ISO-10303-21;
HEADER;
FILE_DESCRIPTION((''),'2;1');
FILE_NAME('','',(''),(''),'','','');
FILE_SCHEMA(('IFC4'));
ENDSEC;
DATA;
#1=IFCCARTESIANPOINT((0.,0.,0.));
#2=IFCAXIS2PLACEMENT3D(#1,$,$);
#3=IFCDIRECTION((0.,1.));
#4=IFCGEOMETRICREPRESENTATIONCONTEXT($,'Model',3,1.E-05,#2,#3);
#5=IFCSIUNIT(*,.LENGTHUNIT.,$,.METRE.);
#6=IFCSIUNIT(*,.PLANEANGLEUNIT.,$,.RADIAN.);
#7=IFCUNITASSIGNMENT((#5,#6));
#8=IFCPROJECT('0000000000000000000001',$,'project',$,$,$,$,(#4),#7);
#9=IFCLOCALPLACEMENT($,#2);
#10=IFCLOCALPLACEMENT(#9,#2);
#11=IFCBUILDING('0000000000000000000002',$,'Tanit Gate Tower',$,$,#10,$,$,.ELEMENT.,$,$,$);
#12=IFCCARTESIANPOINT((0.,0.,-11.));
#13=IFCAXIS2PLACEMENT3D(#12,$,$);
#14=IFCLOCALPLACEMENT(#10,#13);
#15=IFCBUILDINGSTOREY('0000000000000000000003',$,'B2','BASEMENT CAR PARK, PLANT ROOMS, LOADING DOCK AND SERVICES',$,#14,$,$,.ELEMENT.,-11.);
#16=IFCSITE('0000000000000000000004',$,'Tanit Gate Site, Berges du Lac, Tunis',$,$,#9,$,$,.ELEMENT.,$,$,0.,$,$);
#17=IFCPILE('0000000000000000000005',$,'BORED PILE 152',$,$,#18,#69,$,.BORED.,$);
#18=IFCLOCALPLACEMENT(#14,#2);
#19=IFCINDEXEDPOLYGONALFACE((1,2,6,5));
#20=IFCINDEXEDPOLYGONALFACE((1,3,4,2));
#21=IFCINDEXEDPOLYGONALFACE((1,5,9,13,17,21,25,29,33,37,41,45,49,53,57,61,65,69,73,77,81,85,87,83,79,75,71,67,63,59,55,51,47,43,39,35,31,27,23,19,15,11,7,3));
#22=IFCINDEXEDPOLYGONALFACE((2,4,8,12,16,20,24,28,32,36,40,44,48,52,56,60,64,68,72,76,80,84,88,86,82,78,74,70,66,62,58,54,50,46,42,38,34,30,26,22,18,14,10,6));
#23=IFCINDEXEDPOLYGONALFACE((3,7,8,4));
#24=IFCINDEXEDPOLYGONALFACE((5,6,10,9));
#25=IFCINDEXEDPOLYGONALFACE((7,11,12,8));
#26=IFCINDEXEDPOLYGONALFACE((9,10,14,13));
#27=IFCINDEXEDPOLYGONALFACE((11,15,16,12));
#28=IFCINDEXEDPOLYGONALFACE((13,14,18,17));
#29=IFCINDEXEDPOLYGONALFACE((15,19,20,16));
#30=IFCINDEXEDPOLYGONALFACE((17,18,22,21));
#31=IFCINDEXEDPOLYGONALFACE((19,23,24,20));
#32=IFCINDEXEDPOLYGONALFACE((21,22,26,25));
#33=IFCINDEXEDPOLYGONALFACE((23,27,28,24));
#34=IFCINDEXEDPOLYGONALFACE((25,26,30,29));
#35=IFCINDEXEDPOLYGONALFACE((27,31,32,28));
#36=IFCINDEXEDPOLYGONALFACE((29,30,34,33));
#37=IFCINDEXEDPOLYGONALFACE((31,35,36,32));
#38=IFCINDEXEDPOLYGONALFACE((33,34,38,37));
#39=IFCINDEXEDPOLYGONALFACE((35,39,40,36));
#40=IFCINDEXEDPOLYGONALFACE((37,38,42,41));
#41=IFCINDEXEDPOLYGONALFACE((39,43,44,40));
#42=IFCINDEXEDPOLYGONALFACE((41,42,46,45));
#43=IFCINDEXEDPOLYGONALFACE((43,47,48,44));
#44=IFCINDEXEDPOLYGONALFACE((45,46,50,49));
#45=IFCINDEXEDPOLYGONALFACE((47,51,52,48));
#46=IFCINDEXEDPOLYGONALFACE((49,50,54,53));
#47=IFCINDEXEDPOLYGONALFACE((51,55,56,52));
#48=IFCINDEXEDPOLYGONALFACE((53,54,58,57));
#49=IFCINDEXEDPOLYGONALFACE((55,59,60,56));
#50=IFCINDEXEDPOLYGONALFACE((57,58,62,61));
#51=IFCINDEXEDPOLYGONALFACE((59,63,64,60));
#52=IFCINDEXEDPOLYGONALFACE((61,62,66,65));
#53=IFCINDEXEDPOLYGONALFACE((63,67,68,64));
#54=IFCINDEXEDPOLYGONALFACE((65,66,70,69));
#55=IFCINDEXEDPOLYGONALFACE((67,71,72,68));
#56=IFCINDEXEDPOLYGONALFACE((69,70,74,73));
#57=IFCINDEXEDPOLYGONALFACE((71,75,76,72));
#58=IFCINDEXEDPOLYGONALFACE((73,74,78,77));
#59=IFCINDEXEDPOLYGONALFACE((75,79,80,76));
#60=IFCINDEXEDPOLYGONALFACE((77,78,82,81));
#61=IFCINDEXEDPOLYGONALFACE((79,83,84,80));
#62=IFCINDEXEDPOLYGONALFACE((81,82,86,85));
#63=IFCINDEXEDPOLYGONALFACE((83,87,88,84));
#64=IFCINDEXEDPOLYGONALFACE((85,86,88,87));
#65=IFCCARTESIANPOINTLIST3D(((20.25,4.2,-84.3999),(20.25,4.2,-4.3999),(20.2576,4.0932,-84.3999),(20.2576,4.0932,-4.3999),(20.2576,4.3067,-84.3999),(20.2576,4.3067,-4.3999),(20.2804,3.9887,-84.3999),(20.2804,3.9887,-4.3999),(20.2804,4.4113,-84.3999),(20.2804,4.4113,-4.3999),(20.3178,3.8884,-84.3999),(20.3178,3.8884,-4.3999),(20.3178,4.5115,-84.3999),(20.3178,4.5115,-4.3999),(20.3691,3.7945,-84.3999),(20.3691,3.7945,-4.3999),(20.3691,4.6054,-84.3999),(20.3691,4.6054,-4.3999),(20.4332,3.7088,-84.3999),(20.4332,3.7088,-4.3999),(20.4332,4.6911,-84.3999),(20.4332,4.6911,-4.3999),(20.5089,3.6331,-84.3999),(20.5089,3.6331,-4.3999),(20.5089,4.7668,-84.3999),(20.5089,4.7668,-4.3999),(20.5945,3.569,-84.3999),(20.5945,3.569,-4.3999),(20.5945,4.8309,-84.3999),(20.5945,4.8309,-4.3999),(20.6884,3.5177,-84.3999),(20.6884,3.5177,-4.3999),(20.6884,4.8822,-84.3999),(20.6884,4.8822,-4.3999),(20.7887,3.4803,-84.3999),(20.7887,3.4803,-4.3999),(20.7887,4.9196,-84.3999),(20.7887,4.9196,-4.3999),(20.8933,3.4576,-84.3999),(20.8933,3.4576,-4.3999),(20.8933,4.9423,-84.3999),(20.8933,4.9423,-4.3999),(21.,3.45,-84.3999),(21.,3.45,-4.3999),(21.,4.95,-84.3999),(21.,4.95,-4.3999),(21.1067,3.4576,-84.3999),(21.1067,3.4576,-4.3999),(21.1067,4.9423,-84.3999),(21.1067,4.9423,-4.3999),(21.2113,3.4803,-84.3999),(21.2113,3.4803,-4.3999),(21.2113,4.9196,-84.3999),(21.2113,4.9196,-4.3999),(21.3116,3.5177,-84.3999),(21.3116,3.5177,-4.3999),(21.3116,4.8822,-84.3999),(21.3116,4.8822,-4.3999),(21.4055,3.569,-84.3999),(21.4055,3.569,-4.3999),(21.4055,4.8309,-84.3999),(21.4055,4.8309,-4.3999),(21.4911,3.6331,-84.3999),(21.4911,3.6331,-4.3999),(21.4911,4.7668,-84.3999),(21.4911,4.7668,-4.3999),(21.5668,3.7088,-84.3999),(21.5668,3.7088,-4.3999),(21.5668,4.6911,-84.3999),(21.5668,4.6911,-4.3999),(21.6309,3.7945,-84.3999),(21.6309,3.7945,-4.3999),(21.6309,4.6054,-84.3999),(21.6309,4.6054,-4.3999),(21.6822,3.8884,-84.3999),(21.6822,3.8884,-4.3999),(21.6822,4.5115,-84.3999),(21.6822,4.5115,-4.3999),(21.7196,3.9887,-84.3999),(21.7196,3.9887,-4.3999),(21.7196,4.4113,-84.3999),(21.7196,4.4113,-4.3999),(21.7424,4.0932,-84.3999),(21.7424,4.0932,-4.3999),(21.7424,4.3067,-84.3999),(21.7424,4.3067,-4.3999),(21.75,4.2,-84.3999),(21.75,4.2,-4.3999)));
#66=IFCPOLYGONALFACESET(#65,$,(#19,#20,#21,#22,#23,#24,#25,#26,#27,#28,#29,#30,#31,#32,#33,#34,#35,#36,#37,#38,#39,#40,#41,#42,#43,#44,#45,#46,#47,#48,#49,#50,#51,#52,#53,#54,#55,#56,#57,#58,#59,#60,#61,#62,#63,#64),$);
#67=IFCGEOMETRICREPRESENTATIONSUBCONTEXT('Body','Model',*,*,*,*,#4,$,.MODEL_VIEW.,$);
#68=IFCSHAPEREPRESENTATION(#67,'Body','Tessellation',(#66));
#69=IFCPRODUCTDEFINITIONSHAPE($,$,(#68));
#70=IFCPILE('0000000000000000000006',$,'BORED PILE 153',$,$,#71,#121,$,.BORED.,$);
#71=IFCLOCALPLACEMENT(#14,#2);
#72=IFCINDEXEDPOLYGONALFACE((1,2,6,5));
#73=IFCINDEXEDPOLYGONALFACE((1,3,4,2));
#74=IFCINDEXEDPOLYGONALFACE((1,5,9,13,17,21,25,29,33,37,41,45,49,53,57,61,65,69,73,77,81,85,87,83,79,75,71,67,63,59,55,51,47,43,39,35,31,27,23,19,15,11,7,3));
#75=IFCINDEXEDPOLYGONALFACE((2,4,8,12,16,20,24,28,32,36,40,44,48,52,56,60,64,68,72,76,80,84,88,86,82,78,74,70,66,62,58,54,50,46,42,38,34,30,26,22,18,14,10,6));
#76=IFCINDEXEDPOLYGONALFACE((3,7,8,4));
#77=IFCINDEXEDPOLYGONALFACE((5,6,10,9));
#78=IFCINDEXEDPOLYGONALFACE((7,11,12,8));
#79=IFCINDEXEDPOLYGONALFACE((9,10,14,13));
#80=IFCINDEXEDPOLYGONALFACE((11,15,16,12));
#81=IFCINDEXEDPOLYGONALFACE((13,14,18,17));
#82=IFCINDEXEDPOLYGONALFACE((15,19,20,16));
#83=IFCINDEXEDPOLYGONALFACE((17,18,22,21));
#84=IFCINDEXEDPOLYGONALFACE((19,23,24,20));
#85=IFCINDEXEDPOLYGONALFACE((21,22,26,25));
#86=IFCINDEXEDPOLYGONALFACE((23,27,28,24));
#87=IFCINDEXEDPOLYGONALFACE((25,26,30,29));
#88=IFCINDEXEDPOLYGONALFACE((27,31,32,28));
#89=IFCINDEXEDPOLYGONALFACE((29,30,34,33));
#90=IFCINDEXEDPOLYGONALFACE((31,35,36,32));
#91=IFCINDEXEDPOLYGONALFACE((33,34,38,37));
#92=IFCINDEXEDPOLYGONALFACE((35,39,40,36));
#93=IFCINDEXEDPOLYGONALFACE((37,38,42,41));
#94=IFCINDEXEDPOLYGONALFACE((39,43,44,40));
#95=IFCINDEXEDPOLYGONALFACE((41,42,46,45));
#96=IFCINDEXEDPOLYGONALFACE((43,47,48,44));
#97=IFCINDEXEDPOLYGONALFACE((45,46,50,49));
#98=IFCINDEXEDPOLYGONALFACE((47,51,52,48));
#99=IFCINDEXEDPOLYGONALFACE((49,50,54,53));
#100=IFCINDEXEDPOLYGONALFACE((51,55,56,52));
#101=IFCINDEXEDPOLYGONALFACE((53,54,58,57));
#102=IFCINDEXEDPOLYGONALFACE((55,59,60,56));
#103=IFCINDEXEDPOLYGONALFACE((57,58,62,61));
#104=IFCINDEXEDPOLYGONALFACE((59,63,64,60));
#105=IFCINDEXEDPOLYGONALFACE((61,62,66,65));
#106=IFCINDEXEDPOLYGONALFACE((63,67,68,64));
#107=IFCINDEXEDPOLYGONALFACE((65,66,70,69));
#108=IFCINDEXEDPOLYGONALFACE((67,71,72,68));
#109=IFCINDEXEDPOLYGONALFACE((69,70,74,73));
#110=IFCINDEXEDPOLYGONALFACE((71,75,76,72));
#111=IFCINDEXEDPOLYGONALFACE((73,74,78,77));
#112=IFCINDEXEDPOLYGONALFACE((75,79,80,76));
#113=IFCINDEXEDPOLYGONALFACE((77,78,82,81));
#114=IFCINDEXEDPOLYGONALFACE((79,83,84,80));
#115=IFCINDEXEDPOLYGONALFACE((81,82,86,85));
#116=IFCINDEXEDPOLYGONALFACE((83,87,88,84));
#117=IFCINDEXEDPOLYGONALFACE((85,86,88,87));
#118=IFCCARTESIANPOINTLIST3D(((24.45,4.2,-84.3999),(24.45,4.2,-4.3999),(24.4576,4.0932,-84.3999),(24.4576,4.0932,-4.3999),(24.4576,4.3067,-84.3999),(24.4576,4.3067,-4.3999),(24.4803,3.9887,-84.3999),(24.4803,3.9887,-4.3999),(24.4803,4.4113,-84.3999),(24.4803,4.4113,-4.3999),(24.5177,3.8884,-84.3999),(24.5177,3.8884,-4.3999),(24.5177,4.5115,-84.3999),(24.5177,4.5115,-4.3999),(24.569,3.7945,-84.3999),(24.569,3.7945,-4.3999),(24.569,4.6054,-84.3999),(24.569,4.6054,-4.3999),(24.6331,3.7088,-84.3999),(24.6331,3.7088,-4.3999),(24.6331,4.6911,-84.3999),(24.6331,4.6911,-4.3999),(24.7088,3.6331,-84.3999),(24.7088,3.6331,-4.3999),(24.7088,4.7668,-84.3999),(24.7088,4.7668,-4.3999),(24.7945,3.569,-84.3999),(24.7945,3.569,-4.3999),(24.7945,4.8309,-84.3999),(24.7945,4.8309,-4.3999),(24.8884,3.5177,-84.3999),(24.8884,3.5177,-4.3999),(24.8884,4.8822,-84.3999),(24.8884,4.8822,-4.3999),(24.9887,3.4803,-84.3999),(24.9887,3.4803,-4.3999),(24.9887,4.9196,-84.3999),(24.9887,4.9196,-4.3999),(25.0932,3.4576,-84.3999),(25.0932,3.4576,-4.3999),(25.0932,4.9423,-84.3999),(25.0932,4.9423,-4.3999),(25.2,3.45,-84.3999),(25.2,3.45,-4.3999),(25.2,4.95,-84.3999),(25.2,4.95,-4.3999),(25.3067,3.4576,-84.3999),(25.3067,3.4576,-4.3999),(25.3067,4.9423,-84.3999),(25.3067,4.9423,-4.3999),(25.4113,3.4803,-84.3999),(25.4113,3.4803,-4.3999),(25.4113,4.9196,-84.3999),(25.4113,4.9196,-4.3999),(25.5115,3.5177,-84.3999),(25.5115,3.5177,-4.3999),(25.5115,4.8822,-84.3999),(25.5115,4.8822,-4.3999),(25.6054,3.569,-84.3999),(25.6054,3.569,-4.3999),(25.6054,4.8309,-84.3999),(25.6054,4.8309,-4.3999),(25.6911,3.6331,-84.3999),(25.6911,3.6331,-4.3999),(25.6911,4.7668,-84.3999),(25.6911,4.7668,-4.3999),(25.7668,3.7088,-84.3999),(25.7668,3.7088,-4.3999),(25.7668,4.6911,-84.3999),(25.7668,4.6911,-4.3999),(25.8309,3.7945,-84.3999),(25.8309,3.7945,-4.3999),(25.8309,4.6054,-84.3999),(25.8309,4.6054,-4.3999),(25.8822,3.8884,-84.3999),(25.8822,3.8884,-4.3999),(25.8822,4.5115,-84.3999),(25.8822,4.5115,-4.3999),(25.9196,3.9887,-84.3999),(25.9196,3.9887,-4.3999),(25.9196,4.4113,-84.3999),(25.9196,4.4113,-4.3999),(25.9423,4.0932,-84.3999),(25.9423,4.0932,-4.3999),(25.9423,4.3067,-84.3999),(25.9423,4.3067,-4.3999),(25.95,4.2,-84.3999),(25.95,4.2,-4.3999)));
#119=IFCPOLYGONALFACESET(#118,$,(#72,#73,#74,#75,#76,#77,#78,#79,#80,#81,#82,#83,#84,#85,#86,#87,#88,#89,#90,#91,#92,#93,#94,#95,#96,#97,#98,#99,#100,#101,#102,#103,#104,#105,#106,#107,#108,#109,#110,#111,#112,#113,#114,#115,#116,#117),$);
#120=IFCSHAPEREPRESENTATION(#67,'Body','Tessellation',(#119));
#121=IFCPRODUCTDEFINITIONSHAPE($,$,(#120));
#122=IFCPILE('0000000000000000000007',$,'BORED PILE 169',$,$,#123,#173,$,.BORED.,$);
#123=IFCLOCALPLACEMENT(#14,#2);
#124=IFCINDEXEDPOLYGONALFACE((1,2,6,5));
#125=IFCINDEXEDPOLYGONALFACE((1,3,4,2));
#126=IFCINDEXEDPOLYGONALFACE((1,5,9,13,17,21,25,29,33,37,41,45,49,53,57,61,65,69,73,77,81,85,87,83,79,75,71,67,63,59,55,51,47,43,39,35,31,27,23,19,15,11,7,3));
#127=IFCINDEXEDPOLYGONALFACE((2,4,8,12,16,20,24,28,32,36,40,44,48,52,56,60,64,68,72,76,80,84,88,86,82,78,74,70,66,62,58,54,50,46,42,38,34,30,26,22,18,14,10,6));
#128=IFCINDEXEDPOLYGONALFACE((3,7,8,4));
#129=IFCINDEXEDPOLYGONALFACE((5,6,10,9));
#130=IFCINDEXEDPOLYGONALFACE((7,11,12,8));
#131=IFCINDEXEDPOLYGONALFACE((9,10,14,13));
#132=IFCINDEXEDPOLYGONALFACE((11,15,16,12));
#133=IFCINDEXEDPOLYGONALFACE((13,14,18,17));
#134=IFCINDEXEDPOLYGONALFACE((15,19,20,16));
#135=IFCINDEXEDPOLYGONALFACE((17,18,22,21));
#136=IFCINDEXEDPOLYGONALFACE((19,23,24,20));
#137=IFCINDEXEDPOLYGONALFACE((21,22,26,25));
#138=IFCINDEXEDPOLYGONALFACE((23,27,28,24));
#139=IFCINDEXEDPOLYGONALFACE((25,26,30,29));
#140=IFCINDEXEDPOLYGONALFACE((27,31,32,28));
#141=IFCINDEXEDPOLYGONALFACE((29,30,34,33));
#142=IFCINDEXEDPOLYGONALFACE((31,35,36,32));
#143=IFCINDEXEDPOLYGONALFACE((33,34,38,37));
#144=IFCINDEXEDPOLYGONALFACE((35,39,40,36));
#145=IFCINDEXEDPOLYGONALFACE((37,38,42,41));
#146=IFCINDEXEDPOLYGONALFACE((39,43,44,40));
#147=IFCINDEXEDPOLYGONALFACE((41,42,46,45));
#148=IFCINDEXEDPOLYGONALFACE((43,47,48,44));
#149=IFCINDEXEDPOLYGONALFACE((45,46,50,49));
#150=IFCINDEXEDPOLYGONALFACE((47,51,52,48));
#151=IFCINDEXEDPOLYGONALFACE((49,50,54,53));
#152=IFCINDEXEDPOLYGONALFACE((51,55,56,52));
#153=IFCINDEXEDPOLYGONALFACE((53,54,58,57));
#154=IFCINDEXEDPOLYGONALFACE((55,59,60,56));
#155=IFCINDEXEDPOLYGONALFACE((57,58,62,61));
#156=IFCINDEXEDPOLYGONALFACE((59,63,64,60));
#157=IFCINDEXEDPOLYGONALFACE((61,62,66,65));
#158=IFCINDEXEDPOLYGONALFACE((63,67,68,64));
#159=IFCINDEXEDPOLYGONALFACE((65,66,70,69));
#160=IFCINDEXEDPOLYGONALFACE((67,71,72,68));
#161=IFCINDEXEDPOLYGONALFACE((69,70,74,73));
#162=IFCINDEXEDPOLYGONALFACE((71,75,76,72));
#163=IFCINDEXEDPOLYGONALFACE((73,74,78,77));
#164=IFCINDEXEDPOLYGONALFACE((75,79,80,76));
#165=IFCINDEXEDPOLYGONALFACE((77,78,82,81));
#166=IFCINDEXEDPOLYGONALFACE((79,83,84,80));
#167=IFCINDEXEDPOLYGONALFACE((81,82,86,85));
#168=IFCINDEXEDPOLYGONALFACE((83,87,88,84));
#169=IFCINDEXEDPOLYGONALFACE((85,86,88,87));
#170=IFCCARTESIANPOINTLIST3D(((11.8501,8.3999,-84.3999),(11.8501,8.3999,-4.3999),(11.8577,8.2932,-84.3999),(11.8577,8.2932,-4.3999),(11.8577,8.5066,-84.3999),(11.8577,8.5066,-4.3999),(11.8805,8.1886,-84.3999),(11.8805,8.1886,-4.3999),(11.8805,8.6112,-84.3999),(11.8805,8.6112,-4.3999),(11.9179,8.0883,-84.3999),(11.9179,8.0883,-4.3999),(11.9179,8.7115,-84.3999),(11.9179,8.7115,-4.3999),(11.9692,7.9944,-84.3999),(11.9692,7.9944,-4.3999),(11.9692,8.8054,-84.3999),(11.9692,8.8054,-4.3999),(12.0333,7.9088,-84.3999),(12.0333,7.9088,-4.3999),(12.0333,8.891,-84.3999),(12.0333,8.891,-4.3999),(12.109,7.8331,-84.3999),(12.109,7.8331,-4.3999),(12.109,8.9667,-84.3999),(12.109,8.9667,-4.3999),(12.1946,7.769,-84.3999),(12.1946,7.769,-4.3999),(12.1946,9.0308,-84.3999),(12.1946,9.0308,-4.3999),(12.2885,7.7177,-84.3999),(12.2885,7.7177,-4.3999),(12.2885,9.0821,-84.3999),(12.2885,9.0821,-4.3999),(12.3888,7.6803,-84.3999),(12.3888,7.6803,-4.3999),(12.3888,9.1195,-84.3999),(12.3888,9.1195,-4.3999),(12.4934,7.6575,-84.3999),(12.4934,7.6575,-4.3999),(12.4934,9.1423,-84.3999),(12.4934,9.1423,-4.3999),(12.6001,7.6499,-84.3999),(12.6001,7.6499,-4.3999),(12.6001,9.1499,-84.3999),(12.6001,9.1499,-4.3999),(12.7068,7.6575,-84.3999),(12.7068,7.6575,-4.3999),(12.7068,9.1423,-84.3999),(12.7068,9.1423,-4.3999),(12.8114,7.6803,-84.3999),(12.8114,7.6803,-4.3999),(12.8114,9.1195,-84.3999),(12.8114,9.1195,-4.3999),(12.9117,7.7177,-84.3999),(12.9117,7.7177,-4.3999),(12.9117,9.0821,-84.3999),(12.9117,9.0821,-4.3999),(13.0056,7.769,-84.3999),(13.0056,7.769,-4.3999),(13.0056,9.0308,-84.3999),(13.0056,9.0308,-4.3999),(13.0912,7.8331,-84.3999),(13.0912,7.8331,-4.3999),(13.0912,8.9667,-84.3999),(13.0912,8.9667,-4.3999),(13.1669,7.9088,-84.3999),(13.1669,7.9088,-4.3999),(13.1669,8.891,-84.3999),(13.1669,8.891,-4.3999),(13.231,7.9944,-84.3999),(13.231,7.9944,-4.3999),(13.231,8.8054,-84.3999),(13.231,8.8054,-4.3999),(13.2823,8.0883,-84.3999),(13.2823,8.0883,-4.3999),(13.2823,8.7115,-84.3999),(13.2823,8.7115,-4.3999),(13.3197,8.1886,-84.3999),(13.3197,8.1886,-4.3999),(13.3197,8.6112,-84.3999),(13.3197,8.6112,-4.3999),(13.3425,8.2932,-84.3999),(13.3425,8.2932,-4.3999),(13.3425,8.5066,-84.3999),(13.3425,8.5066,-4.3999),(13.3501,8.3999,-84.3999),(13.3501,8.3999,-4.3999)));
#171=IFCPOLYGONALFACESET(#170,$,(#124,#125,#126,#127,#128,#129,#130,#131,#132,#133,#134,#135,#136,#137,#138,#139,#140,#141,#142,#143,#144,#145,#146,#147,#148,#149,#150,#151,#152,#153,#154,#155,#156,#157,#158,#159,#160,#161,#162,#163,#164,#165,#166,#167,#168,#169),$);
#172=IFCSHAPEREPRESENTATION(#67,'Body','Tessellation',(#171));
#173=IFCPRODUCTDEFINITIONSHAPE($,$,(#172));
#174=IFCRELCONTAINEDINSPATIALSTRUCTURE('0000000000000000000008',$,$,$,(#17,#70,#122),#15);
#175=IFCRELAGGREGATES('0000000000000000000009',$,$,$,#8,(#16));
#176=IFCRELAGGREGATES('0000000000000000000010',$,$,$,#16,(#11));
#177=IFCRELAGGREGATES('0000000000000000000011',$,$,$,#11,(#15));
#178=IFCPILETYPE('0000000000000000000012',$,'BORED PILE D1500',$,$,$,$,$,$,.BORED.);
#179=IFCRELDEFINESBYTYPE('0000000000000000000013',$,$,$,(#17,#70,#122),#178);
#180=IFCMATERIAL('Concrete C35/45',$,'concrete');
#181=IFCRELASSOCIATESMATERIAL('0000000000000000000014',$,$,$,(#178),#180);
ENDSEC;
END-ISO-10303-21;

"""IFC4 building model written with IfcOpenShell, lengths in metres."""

from ifc_helpers import new_model, si_unit, direction, frame, origin, origin_2d, place, context, subcontext, project, spatial, circle, extrude, material, material_profile, profile_set, type_object, element, save


model = new_model("IFC4")

# Units and contexts
model_context = context("Model", 3, precision=1e-05, world=origin(), true_north=direction((0.0, 1.0)))
body_context = subcontext(model_context, "Body", "Model", "MODEL_VIEW")
ifc_project = project(units=[si_unit("LENGTHUNIT", "METRE"), si_unit("PLANEANGLEUNIT", "RADIAN")], contexts=[model_context])

# Site, building, storey
site_placement = place(None, origin())
site = spatial("IfcSite", under=ifc_project, at=site_placement, Name="Tanit Gate Site, Berges du Lac, Tunis", CompositionType="ELEMENT", RefElevation=0.0)
building_placement = place(site_placement, origin())
building = spatial("IfcBuilding", under=site, at=building_placement, Name="Tanit Gate Tower", CompositionType="ELEMENT")
storey_placement = place(building_placement, frame((0.0, 0.0, -11.0)))
storey = spatial("IfcBuildingStorey", under=building, at=storey_placement, Name="B2", Description="BASEMENT CAR PARK, PLANT ROOMS, LOADING DOCK AND SERVICES", CompositionType="ELEMENT", Elevation=-11.0)

# Piles
ifc_material_1 = material(Name="Concrete C35/45", Category="concrete")
ifc_material_profile_1 = material_profile(ifc_material_1, circle(Radius=0.75, at=origin_2d()), Name="BORED PILE D1500 C35/45")
ifc_profile_set_1 = profile_set([ifc_material_profile_1], Name="Concrete C35/45")
pile_type = type_object("IfcPileType", Name="BORED PILE D1500", PredefinedType="BORED", material=ifc_profile_set_1)
for number, where, z_axis, x_axis, name in (
    (1, (21.0, 4.2, -4.3999), (0.0, 0.0, -1.0), (1.0, 0.0, 0.0), "BORED PILE 152"),
    (2, (25.2, 4.2, -4.3999), (0.0, 0.0, -1.0), (1.0, 0.0, 0.0), "BORED PILE 153"),
    (3, (12.6001, 8.3999, -4.3999), (0.0, 0.0, -1.0), (1.0, 0.0, 0.0), "BORED PILE 169"),
):
    element("IfcPile", number, at=place(storey_placement, frame(where, z_axis=z_axis, x_axis=x_axis)), inside=storey, type_object=pile_type, Name=name, PredefinedType="BORED", context=body_context, shape_type="SweptSolid", body=[
        extrude(circle(Radius=0.75, at=origin_2d()), origin(), (0.0, 0.0, 1.0), 80.0),
    ])

save(model, "model.ifc")
